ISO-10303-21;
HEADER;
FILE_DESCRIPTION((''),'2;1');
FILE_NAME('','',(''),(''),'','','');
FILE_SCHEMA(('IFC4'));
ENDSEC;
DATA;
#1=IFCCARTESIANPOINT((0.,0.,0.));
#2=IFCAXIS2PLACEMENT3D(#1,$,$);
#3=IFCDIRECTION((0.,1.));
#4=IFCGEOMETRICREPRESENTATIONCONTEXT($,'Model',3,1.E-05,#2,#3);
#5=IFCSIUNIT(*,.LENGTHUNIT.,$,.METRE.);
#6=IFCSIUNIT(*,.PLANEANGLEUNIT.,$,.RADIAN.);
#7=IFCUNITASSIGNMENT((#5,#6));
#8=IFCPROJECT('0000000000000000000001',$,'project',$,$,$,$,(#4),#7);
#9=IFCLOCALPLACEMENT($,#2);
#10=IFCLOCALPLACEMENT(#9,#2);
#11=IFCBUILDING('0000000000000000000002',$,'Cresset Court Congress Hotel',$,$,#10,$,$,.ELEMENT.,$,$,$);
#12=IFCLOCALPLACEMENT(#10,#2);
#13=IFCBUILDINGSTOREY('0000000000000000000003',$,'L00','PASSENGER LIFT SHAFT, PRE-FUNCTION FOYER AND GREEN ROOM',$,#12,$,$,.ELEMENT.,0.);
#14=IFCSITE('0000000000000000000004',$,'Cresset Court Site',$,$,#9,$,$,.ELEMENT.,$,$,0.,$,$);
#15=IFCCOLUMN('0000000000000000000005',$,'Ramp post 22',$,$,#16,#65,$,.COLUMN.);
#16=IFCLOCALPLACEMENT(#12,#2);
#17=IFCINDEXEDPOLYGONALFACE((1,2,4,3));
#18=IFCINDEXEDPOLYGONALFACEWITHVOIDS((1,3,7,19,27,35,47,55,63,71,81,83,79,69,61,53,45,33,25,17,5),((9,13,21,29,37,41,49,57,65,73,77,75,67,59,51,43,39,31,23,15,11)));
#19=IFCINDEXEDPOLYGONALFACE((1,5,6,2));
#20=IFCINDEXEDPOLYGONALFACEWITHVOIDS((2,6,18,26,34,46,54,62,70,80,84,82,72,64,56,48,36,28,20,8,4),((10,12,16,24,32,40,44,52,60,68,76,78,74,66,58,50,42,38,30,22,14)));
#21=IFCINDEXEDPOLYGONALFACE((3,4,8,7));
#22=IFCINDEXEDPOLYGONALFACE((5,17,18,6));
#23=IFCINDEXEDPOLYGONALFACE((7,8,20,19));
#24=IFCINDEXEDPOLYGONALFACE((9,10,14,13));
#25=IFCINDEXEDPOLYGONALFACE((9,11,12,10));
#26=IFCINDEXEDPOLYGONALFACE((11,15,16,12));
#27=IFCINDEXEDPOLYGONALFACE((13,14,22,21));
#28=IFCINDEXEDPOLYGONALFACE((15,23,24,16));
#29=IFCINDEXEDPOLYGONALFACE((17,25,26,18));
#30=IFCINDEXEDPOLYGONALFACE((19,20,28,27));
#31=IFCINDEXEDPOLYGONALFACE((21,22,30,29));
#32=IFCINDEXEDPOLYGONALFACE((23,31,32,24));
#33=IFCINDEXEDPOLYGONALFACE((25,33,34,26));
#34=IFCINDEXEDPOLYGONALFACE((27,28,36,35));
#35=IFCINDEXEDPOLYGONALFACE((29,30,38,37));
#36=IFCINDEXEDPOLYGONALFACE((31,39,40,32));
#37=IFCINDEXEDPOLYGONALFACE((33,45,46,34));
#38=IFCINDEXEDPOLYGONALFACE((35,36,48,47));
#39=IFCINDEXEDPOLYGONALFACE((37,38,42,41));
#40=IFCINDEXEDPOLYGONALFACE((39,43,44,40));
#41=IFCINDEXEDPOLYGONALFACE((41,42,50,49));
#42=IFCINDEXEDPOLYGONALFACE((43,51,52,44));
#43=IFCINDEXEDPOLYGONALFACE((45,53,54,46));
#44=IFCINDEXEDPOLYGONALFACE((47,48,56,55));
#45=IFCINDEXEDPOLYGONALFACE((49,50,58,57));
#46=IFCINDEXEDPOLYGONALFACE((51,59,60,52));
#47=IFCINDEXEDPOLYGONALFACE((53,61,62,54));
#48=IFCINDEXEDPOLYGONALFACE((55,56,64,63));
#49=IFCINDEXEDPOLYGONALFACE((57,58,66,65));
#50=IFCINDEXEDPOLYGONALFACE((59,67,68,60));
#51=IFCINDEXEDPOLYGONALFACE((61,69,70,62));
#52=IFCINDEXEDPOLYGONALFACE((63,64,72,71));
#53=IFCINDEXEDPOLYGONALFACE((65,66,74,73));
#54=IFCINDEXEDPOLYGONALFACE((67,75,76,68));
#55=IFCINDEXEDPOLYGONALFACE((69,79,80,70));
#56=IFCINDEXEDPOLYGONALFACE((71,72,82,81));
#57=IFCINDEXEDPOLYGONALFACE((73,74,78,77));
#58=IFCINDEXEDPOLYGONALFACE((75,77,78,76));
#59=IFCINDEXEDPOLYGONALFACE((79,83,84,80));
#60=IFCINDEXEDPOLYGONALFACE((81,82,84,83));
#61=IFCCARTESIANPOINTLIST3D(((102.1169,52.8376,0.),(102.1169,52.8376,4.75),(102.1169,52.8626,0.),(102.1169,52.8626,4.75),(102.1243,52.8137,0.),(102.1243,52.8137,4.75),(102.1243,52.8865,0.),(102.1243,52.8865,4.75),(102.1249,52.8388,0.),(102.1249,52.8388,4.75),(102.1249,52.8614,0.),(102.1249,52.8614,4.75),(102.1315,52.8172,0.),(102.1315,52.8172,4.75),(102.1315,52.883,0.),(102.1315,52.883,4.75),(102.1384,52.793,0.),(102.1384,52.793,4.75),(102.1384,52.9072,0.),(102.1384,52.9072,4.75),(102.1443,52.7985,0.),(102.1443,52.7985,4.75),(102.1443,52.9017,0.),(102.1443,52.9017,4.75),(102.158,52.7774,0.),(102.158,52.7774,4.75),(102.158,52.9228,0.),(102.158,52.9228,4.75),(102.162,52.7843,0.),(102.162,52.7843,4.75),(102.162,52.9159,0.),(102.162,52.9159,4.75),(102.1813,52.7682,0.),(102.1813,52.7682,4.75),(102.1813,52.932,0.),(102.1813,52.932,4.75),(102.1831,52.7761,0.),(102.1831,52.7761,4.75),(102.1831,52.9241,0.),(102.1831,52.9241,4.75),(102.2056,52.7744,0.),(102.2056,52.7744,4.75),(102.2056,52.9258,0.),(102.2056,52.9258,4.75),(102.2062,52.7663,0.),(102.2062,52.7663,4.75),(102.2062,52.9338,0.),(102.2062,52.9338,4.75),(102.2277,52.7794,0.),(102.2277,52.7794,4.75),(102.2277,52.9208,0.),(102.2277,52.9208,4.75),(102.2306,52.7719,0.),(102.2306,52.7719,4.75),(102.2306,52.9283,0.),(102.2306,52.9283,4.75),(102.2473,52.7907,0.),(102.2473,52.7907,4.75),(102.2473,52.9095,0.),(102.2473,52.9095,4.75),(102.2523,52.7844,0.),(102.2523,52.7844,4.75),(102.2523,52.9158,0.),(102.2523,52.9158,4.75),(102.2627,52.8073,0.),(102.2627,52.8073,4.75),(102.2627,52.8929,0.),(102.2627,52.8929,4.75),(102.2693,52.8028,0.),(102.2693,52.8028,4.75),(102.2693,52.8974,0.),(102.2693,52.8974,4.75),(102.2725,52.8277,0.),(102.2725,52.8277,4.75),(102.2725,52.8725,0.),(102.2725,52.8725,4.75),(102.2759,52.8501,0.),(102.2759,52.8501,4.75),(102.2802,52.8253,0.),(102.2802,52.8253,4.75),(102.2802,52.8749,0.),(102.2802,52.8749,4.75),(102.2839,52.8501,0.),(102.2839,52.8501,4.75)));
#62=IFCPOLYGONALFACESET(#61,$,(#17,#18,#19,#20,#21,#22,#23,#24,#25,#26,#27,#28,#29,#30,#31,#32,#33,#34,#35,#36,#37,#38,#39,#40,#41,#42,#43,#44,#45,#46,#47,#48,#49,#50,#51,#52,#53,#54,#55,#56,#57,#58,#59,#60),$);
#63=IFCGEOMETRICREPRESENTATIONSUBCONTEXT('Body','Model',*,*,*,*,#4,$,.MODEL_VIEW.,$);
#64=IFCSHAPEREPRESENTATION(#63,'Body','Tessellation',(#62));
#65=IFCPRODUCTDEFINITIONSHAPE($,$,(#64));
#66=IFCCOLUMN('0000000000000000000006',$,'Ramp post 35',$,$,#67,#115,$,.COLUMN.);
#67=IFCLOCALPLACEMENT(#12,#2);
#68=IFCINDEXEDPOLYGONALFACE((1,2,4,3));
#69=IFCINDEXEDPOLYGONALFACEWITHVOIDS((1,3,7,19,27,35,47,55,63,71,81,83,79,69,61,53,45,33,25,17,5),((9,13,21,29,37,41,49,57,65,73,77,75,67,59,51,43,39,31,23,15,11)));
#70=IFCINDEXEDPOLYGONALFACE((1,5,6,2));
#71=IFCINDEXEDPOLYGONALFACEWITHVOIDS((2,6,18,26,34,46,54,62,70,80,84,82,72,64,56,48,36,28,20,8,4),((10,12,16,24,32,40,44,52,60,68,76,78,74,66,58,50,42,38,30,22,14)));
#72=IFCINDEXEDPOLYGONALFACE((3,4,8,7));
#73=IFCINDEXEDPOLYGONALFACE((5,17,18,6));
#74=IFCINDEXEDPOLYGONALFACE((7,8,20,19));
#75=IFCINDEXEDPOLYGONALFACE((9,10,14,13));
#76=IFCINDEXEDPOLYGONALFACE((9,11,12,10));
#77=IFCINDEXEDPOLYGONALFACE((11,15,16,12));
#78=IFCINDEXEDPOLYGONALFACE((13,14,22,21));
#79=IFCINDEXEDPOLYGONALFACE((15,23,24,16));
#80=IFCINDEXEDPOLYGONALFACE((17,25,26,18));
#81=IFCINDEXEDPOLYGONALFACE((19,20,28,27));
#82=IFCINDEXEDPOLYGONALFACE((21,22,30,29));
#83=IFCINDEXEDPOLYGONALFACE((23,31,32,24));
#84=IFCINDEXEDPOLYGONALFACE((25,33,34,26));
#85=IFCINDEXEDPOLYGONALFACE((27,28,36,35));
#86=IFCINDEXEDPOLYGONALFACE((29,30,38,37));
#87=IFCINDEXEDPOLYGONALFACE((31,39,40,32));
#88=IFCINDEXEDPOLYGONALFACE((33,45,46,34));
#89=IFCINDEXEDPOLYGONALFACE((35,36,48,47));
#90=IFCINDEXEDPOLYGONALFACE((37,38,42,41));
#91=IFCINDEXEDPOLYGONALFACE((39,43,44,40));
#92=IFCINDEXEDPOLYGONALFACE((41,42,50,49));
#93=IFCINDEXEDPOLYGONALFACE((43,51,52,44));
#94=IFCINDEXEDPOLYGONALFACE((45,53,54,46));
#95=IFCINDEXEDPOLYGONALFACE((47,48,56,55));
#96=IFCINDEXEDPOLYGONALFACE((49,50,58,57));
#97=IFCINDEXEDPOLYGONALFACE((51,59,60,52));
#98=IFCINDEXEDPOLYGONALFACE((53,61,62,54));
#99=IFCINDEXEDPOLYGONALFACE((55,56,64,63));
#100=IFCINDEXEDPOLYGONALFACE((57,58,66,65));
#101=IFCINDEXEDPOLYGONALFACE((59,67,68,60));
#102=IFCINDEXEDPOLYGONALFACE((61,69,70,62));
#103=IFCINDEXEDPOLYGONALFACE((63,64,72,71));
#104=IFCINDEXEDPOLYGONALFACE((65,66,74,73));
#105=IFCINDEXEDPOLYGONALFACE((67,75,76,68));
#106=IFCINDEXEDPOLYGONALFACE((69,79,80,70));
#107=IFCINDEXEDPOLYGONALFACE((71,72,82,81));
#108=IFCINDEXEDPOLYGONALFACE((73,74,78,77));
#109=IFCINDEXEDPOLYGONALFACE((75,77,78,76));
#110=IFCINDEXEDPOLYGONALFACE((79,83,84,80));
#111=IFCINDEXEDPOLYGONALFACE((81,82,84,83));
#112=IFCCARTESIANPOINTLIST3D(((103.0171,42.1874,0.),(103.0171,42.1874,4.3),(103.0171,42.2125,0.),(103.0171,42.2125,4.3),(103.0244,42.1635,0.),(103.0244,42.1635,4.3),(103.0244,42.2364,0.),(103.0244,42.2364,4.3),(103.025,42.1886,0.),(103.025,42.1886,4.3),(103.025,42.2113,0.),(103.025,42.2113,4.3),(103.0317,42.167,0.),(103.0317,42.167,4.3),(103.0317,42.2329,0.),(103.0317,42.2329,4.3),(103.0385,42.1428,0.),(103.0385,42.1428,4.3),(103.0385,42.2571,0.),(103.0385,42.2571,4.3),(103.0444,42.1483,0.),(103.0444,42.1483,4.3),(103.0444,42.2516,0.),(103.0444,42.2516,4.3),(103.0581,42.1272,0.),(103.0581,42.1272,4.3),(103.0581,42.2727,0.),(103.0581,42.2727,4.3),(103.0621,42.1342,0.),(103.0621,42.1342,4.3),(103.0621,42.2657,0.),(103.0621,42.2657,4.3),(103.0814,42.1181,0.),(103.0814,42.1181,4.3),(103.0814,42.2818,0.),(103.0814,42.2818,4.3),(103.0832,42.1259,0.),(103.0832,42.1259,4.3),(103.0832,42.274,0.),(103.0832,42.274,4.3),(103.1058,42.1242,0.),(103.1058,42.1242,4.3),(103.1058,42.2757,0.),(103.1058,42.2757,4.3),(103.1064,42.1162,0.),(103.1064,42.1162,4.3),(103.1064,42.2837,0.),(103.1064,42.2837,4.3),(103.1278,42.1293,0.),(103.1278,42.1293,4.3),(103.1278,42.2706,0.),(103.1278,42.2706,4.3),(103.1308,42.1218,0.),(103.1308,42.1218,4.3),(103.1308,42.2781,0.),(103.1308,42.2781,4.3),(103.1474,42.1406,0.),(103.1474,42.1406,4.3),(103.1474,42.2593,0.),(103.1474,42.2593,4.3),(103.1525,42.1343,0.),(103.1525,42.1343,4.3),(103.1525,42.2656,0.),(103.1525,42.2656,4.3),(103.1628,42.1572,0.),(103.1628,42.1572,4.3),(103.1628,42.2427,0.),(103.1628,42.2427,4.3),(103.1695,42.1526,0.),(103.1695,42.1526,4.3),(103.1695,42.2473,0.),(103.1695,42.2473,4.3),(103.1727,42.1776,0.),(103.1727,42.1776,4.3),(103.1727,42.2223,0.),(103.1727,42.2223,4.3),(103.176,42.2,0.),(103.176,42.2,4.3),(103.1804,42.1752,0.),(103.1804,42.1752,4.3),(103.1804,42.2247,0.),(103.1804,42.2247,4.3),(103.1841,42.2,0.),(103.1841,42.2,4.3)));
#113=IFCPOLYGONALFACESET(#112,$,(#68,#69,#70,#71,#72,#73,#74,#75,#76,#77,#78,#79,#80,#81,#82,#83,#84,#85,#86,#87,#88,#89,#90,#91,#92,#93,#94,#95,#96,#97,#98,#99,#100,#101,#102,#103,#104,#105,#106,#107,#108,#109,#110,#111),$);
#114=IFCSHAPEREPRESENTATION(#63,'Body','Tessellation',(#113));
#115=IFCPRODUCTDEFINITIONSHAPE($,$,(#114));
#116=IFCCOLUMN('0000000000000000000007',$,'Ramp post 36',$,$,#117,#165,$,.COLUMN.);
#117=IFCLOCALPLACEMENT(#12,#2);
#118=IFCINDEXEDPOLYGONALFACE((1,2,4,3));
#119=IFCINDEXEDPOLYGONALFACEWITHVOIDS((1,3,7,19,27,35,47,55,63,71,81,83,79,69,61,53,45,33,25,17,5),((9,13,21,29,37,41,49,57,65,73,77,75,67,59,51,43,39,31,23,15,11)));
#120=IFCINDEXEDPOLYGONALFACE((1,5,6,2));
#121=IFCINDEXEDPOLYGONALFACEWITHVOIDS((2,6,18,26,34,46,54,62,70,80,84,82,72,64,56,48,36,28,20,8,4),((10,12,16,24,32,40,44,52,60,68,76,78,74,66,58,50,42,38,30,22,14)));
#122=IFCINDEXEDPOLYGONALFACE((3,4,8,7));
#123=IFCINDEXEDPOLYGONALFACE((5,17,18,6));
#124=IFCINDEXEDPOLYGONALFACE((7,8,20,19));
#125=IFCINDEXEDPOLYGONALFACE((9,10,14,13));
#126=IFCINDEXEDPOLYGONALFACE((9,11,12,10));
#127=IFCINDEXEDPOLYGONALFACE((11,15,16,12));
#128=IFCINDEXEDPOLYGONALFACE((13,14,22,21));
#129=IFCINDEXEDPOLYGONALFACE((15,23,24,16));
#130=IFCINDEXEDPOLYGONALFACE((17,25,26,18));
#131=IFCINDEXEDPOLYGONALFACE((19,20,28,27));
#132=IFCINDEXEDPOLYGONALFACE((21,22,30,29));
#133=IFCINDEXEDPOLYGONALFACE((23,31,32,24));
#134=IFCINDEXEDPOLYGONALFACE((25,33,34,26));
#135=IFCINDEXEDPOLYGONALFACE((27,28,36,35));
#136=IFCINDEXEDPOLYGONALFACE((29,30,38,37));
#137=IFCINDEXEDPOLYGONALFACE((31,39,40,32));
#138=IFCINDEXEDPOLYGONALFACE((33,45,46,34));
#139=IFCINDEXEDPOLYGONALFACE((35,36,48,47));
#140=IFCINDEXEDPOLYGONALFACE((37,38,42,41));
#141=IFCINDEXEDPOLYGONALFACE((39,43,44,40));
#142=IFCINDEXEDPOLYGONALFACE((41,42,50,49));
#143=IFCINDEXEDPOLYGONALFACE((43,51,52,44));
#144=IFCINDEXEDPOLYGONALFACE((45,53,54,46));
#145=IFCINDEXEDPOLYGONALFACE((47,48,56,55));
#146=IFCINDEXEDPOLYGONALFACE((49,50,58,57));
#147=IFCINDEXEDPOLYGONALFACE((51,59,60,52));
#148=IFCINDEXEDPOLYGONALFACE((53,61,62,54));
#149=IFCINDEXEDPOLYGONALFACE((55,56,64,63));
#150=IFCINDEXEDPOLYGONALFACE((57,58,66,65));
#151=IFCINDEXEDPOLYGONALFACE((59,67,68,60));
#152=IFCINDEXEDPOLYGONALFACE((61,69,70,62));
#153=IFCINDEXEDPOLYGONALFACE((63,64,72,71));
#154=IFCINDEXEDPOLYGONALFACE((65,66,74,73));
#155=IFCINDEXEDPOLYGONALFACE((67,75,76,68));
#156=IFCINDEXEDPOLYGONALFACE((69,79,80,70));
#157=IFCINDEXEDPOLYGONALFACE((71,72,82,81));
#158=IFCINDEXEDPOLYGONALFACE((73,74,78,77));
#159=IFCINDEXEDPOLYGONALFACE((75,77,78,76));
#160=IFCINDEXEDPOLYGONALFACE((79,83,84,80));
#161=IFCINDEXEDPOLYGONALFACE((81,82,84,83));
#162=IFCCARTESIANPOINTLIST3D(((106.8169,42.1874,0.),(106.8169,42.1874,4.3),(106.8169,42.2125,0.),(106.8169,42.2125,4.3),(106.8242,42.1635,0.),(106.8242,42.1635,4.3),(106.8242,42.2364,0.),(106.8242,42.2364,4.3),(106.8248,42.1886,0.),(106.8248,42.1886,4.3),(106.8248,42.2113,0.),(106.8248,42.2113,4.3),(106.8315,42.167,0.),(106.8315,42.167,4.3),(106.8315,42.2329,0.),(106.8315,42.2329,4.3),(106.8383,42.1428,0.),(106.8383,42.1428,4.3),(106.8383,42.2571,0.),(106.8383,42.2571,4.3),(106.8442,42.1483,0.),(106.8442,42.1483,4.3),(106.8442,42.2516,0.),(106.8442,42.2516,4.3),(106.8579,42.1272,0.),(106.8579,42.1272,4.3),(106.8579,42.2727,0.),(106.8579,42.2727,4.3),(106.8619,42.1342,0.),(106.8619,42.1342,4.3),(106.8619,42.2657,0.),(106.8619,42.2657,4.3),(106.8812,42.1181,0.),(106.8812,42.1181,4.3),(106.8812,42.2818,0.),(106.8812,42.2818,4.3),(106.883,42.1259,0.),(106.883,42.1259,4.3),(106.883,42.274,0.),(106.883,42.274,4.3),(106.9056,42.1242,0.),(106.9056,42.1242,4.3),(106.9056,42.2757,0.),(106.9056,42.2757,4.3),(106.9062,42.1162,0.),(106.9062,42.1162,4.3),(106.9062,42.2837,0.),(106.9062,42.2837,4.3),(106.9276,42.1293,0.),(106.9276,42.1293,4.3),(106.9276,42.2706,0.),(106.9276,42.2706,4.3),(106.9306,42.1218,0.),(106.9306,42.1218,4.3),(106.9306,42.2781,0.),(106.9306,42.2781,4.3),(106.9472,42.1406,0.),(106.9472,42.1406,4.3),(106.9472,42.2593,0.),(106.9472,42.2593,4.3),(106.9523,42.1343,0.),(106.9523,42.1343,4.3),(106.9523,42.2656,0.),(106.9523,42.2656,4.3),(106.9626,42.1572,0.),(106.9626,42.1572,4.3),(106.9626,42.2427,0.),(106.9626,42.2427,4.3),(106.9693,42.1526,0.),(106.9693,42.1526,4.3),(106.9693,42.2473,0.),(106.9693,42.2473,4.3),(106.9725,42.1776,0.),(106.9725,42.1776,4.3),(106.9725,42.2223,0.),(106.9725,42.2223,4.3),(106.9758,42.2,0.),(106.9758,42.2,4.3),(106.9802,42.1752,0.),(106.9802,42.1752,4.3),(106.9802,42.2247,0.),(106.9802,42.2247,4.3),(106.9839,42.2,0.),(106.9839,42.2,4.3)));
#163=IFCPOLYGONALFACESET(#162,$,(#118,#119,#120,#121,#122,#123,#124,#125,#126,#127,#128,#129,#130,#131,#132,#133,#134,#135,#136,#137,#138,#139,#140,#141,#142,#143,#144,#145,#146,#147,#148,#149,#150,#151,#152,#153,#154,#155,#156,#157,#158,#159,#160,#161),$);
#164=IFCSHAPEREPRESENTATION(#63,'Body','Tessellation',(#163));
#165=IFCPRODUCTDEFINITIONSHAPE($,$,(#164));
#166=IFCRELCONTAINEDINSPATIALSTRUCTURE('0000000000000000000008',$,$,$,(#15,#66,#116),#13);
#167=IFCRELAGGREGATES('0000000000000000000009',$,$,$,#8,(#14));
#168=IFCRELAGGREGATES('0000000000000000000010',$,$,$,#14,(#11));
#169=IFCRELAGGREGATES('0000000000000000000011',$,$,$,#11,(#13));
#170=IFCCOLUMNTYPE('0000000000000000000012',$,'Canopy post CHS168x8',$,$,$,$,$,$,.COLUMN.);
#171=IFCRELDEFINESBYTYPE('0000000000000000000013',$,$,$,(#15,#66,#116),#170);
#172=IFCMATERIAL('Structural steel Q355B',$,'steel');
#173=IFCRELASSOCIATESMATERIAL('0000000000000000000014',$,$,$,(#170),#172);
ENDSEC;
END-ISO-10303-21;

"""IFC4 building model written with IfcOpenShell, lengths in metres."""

from ifc_helpers import new_model, si_unit, direction, frame, origin, origin_2d, place, context, subcontext, project, spatial, hollow_circle, extrude, material, material_profile, profile_set, type_object, element, save


model = new_model("IFC4")

# Units and contexts
model_context = context("Model", 3, precision=1e-05, world=origin(), true_north=direction((0.0, 1.0)))
body_context = subcontext(model_context, "Body", "Model", "MODEL_VIEW")
ifc_project = project(units=[si_unit("LENGTHUNIT", "METRE"), si_unit("PLANEANGLEUNIT", "RADIAN")], contexts=[model_context])

# Site, building, storey
site_placement = place(None, origin())
site = spatial("IfcSite", under=ifc_project, at=site_placement, Name="Cresset Court Site", CompositionType="ELEMENT", RefElevation=0.0)
building_placement = place(site_placement, origin())
building = spatial("IfcBuilding", under=site, at=building_placement, Name="Cresset Court Congress Hotel", CompositionType="ELEMENT")
storey_placement = place(building_placement, origin())
storey = spatial("IfcBuildingStorey", under=building, at=storey_placement, Name="L00", Description="PASSENGER LIFT SHAFT, PRE-FUNCTION FOYER AND GREEN ROOM", CompositionType="ELEMENT", Elevation=0.0)

# Columns
ifc_material_1 = material(Name="Structural steel Q355B", Category="steel")
ifc_material_profile_1 = material_profile(ifc_material_1, hollow_circle(Radius=0.084, WallThickness=0.0081, at=origin_2d()), Name="CHS168x8")
ifc_profile_set_1 = profile_set([ifc_material_profile_1], Name="Structural steel Q355B")
column_type = type_object("IfcColumnType", Name="Canopy post CHS168x8", PredefinedType="COLUMN", material=ifc_profile_set_1)
for number, where, z_axis, x_axis, name in (
    (1, (102.2, 52.8501, 0.0), (0.0, 0.0, 1.0), (1.0, 0.0, 0.0), "Ramp post 22"),
):
    element("IfcColumn", number, at=place(storey_placement, frame(where, z_axis=z_axis, x_axis=x_axis)), inside=storey, type_object=column_type, Name=name, PredefinedType="COLUMN", context=body_context, shape_type="SweptSolid", body=[
        extrude(hollow_circle(Radius=0.084, WallThickness=0.0081, at=origin_2d()), origin(), (0.0, 0.0, 1.0), 4.75),
    ])
for number, where, z_axis, x_axis, name in (
    (2, (103.1001, 42.2, 0.0), (0.0, 0.0, 1.0), (1.0, 0.0, 0.0), "Ramp post 35"),
    (3, (106.8999, 42.2, 0.0), (0.0, 0.0, 1.0), (1.0, 0.0, 0.0), "Ramp post 36"),
):
    element("IfcColumn", number, at=place(storey_placement, frame(where, z_axis=z_axis, x_axis=x_axis)), inside=storey, type_object=column_type, Name=name, PredefinedType="COLUMN", context=body_context, shape_type="SweptSolid", body=[
        extrude(hollow_circle(Radius=0.084, WallThickness=0.0081, at=origin_2d()), origin(), (0.0, 0.0, 1.0), 4.3),
    ])

save(model, "model.ifc")
